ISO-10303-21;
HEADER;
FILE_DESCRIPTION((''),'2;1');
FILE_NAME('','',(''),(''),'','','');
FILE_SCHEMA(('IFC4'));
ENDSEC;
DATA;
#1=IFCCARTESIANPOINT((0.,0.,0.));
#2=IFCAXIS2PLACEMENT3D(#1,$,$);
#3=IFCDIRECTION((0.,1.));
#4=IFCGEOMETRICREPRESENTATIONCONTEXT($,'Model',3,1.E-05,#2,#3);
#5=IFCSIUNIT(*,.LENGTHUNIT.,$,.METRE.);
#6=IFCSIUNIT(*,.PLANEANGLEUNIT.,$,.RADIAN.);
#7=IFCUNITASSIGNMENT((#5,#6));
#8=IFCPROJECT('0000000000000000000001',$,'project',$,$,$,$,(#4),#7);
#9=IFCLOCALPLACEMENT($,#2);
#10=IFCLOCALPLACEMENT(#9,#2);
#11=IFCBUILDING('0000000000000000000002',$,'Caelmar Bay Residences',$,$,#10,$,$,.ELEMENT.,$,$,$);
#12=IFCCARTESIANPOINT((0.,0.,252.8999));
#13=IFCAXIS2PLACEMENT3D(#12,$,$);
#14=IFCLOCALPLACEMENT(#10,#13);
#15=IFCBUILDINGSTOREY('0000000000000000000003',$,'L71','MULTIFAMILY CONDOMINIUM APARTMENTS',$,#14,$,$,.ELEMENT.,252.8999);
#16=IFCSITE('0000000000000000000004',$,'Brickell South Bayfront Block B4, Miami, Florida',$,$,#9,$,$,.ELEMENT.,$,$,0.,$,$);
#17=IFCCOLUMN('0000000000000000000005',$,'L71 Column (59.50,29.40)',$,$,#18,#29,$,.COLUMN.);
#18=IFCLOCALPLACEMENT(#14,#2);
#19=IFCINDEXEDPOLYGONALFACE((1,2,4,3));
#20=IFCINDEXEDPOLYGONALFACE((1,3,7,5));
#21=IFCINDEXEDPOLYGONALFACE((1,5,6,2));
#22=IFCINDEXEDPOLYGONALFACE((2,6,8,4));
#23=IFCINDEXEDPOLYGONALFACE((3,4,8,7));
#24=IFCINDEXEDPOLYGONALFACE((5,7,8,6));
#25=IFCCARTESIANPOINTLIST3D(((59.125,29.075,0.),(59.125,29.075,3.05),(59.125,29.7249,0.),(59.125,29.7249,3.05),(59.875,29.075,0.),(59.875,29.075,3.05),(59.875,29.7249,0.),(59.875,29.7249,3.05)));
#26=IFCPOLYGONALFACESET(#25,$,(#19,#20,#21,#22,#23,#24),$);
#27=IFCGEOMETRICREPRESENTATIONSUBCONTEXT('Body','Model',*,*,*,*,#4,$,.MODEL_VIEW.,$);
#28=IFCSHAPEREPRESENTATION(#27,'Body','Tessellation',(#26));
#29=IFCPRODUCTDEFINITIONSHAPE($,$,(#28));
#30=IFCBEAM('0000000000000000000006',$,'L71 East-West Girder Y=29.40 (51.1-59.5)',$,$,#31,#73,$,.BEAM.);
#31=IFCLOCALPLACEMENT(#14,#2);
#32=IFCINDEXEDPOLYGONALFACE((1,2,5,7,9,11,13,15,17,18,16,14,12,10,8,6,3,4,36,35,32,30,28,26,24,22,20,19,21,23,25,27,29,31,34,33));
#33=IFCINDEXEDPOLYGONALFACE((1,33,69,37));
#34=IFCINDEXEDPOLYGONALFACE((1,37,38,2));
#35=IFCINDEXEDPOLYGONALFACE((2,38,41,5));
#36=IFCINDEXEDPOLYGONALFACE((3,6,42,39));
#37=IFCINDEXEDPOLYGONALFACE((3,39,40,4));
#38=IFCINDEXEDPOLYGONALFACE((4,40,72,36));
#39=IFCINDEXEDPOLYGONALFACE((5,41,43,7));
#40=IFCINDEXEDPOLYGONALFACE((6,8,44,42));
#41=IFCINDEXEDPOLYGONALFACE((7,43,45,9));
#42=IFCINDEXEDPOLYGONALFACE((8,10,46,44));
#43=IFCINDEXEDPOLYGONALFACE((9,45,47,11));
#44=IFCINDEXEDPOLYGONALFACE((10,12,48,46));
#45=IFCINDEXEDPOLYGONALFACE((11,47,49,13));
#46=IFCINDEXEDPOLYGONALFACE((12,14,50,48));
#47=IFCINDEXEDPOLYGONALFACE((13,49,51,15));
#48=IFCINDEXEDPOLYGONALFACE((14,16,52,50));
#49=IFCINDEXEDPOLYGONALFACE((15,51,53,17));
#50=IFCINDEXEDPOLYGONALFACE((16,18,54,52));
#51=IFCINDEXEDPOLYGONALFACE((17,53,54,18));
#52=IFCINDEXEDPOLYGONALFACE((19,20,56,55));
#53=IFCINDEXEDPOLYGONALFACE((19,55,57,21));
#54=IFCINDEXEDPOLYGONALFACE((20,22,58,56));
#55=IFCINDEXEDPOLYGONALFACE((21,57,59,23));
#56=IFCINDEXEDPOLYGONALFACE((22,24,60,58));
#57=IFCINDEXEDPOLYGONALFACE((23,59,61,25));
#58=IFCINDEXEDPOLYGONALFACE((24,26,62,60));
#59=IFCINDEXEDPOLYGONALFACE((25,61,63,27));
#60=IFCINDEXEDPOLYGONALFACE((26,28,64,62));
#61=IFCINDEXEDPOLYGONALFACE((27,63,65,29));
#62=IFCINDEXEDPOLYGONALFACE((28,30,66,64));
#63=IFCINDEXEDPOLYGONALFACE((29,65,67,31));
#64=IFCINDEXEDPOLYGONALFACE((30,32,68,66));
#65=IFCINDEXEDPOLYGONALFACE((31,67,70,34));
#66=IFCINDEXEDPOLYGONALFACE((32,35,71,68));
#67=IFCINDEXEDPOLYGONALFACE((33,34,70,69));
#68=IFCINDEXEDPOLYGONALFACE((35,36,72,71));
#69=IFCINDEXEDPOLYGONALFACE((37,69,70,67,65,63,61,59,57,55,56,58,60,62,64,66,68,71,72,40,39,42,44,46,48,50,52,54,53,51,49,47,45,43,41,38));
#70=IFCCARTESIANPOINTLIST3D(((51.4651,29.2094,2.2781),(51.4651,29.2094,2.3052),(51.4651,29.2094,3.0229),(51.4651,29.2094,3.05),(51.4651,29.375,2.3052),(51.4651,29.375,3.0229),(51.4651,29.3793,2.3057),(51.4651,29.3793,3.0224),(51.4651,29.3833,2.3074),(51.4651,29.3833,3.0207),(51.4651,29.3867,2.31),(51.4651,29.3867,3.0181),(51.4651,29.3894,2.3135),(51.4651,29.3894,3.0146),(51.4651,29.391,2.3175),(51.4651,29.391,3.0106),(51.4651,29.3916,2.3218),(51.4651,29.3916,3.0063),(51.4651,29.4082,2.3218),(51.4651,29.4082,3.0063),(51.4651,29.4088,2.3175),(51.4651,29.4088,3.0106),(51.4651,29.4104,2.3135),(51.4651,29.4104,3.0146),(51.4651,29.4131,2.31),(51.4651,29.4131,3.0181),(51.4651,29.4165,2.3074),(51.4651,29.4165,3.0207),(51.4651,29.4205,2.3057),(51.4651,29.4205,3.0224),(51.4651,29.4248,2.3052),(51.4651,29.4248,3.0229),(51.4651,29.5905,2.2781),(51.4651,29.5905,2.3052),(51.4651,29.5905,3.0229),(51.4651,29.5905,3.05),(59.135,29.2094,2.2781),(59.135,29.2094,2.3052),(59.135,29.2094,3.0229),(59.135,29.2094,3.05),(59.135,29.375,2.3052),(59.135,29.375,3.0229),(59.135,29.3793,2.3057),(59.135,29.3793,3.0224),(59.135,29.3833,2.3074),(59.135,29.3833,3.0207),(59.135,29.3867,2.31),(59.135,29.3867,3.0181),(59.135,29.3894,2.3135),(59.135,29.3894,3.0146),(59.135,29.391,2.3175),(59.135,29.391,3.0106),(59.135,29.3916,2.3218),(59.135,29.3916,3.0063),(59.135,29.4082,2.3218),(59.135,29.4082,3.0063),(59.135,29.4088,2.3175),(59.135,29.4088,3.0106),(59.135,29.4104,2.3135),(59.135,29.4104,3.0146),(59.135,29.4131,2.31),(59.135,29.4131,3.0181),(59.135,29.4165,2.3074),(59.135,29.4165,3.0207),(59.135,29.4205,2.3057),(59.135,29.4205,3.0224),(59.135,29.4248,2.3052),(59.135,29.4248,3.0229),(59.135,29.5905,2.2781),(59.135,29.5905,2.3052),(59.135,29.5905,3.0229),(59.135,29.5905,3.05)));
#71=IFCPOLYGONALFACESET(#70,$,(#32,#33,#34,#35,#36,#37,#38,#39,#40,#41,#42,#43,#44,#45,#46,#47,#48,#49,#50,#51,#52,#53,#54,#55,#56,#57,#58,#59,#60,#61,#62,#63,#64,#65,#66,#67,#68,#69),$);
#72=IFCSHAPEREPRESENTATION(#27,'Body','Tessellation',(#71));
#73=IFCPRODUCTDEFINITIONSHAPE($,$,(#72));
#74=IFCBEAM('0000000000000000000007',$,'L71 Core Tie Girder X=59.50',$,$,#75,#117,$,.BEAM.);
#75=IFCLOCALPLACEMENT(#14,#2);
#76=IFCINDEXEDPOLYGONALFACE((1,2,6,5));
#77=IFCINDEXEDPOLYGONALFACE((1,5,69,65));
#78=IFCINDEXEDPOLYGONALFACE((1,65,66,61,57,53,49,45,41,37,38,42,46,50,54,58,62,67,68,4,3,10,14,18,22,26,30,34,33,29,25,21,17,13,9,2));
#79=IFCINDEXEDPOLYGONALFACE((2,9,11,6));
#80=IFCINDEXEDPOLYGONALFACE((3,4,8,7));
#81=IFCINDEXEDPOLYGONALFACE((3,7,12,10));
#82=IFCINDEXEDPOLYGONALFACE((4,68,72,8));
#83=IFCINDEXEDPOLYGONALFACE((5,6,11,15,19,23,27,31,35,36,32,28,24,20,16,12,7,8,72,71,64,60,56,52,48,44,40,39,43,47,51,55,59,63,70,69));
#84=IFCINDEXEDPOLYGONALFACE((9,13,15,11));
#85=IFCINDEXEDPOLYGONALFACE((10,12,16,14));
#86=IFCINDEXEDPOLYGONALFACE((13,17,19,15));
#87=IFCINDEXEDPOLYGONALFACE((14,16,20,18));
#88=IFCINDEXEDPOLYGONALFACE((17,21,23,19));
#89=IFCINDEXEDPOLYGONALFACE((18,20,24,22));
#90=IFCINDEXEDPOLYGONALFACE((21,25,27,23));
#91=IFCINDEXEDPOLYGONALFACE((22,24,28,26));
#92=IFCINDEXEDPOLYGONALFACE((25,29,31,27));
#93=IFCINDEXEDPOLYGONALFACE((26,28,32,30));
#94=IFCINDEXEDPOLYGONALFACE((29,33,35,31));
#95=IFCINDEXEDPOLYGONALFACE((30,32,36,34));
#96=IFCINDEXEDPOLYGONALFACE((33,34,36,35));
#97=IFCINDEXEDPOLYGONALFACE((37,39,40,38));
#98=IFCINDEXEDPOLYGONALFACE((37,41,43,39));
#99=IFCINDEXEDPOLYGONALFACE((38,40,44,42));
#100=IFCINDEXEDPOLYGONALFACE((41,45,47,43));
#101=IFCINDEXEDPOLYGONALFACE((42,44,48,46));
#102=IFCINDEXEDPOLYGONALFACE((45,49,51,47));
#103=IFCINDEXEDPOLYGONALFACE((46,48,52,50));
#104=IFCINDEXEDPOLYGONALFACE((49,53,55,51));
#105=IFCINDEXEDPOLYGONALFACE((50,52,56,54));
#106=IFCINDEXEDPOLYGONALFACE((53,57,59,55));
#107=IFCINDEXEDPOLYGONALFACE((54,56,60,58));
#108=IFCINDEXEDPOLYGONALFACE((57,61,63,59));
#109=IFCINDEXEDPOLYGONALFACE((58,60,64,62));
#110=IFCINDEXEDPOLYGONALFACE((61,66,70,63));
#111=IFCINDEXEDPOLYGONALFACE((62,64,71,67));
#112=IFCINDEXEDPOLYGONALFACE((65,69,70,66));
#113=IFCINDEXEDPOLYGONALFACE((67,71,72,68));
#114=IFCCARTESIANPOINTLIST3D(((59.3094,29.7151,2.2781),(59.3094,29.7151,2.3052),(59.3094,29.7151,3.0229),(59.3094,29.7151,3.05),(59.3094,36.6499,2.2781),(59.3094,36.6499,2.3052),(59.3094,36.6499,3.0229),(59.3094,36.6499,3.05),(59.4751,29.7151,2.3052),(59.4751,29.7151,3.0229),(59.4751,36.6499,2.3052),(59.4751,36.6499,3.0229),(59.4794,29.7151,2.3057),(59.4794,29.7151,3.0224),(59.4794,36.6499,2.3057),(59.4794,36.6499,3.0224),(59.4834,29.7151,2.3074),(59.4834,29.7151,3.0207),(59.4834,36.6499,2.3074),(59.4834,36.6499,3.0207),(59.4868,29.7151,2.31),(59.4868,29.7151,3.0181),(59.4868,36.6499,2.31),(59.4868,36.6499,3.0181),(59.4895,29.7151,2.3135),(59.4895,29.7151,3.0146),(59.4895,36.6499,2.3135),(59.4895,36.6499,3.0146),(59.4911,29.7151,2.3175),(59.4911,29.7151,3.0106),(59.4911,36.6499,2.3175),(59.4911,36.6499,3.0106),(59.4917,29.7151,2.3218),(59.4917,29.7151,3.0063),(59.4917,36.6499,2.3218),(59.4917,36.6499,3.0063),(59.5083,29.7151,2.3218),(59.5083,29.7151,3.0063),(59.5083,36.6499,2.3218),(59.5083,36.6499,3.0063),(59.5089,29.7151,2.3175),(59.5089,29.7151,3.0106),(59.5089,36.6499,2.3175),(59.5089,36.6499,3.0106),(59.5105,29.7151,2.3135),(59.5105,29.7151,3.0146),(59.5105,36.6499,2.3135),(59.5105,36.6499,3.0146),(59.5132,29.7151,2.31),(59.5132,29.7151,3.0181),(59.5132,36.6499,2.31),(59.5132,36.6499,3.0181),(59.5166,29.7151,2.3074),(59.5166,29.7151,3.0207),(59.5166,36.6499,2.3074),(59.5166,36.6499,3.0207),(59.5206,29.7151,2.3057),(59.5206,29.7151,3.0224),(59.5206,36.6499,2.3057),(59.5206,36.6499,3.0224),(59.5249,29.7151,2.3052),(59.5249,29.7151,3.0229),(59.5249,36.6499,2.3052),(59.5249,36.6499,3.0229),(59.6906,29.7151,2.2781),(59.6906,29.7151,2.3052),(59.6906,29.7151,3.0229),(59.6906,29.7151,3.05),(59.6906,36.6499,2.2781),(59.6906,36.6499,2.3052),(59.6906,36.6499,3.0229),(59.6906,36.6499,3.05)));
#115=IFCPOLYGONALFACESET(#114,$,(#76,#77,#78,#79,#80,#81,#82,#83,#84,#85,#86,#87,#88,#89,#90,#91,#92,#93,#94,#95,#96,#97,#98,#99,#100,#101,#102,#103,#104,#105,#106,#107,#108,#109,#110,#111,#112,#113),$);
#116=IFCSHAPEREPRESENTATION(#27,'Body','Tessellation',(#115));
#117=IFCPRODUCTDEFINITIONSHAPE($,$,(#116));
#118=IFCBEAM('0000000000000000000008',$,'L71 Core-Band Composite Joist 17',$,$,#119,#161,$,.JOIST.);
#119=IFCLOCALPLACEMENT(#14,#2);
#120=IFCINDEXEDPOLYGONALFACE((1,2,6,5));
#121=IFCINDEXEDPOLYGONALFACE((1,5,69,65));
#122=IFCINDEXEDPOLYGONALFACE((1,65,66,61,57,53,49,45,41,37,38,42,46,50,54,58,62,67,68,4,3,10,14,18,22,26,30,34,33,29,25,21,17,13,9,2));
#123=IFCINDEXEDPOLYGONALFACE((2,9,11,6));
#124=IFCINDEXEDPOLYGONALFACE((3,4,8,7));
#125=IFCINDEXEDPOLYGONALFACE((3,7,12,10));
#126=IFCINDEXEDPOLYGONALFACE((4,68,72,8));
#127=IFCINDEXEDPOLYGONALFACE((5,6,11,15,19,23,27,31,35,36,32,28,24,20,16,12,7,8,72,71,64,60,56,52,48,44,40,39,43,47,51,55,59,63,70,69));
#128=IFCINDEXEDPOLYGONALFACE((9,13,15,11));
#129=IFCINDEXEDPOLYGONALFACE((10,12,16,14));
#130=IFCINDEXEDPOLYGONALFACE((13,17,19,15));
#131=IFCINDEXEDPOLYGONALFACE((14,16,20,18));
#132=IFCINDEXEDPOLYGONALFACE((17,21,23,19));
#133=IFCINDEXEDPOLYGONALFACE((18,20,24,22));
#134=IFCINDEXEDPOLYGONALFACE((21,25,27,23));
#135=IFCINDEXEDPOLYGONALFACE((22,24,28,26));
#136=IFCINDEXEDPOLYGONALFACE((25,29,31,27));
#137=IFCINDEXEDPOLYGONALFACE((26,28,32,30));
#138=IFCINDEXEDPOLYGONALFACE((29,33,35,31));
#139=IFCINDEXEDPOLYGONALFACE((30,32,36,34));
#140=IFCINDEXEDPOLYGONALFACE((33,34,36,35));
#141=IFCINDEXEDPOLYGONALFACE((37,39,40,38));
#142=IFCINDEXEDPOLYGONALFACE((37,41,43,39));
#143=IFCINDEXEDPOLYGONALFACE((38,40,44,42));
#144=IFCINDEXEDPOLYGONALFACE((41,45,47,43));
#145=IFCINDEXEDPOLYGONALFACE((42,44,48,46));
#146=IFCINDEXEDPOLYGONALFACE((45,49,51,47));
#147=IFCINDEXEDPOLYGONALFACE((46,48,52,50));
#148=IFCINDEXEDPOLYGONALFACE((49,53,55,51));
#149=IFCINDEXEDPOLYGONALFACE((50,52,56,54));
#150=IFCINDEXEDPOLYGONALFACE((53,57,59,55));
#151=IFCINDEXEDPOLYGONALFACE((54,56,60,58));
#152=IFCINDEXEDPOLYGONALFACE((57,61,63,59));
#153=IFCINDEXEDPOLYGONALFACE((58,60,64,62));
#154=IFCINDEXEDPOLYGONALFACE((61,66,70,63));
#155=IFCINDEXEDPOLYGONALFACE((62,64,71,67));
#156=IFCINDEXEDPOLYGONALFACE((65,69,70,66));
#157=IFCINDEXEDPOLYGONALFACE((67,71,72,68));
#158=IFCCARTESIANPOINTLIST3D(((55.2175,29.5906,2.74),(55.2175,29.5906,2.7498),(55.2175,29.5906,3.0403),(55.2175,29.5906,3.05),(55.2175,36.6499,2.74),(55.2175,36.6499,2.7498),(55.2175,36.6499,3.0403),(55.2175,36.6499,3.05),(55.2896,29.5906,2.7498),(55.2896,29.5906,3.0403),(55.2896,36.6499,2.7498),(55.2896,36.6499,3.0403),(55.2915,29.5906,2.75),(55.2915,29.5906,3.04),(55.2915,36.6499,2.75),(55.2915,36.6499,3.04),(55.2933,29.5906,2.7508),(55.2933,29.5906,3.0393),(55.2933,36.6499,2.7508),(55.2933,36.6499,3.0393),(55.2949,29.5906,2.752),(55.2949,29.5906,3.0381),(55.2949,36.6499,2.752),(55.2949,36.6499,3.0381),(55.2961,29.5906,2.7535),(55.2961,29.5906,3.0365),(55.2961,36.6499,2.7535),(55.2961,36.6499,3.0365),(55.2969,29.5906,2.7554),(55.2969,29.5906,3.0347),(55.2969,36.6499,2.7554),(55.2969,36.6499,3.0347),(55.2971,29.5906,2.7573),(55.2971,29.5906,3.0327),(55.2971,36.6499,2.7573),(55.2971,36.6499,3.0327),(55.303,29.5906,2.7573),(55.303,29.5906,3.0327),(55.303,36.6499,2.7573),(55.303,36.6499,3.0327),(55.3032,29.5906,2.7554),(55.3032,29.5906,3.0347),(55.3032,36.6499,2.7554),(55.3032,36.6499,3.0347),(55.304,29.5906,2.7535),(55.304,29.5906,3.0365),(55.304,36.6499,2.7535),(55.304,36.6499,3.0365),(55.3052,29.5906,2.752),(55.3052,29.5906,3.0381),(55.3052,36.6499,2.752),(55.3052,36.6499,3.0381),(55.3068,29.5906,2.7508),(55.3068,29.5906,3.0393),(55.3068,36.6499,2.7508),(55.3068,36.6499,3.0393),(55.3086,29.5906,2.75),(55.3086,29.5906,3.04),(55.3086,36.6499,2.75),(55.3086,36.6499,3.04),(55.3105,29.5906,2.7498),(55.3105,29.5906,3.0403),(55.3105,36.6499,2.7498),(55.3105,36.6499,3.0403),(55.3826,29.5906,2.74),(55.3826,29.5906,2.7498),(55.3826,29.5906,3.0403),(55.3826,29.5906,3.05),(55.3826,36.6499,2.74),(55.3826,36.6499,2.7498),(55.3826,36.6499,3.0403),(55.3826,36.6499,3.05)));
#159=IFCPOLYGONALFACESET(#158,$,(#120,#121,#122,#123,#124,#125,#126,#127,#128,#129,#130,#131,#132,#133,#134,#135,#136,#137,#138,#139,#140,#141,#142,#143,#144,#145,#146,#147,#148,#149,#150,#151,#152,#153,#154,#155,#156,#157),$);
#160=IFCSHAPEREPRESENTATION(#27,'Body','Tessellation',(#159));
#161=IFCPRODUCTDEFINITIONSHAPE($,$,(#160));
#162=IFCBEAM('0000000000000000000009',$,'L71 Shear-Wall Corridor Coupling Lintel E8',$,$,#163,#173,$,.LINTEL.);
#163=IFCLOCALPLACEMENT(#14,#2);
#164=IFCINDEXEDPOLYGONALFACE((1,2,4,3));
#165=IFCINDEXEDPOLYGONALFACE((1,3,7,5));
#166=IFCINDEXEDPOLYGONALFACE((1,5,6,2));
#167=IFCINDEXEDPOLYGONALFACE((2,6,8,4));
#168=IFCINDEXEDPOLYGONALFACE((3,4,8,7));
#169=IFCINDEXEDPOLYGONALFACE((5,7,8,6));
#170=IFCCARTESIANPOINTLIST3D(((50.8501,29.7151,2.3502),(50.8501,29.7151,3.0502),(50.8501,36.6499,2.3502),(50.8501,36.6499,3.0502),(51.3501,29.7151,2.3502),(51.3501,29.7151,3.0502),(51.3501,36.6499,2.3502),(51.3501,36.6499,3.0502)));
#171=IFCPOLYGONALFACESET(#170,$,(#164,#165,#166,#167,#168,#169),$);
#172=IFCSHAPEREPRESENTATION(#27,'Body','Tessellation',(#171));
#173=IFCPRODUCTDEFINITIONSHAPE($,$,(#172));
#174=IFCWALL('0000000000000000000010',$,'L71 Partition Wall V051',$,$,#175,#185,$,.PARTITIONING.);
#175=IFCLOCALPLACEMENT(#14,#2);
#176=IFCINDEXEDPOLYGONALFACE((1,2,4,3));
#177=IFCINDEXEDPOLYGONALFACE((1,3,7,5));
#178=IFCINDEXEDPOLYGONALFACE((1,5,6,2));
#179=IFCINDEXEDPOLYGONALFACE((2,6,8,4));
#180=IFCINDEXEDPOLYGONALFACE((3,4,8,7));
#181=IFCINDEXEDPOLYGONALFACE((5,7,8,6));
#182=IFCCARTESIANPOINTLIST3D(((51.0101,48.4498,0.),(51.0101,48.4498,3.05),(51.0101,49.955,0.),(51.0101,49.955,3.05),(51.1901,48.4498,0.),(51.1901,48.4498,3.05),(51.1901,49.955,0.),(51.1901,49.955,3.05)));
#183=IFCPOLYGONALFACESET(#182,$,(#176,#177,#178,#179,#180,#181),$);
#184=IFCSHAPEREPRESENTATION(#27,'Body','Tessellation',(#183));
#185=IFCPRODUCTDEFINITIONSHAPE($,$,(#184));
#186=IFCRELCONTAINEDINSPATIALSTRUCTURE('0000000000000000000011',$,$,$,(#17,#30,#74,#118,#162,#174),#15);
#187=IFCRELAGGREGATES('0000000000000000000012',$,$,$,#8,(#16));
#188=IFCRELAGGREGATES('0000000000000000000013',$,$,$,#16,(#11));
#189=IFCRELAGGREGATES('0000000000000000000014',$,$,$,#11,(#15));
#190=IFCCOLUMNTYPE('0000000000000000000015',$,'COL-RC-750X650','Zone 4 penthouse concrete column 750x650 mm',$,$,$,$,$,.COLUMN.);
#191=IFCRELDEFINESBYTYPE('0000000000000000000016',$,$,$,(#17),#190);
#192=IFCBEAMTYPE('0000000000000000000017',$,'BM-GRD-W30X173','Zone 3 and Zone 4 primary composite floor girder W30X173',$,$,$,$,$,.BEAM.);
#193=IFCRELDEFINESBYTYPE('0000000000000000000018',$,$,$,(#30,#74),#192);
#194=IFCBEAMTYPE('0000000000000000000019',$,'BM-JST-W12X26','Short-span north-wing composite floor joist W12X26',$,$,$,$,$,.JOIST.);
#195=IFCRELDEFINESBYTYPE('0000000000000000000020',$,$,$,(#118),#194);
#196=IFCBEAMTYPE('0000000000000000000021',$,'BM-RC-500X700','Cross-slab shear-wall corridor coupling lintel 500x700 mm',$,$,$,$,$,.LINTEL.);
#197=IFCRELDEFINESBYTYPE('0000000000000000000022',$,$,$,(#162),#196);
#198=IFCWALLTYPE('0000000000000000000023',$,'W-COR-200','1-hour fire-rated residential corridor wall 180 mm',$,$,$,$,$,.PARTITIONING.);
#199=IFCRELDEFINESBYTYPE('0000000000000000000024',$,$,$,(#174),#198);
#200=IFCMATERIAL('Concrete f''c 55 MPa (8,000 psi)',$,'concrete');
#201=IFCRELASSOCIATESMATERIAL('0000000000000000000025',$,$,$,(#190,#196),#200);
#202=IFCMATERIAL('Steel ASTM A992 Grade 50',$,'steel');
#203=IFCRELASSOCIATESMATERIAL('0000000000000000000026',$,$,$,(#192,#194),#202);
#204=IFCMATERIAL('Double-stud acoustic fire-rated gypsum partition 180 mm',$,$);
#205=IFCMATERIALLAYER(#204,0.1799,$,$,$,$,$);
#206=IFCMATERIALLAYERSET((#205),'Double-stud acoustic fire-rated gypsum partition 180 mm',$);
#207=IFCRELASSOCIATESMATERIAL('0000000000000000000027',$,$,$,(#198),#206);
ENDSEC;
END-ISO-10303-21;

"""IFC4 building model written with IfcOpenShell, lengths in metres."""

from ifc_helpers import new_model, si_unit, direction, frame, frame_2d, origin, origin_2d, place, context, subcontext, project, spatial, rectangle, i_section, extrude, material, layer, layer_set, material_profile, profile_set, type_object, element, save


model = new_model("IFC4")

# Units and contexts
model_context = context("Model", 3, precision=1e-05, world=origin(), true_north=direction((0.0, 1.0)))
body_context = subcontext(model_context, "Body", "Model", "MODEL_VIEW")
ifc_project = project(units=[si_unit("LENGTHUNIT", "METRE"), si_unit("PLANEANGLEUNIT", "RADIAN")], contexts=[model_context])

# Site, building, storey
site_placement = place(None, origin())
site = spatial("IfcSite", under=ifc_project, at=site_placement, Name="Brickell South Bayfront Block B4, Miami, Florida", CompositionType="ELEMENT", RefElevation=0.0)
building_placement = place(site_placement, origin())
building = spatial("IfcBuilding", under=site, at=building_placement, Name="Caelmar Bay Residences", CompositionType="ELEMENT")
storey_placement = place(building_placement, frame((0.0, 0.0, 252.8999)))
storey = spatial("IfcBuildingStorey", under=building, at=storey_placement, Name="L71", Description="MULTIFAMILY CONDOMINIUM APARTMENTS", CompositionType="ELEMENT", Elevation=252.8999)

# Column
ifc_material_1 = material(Name="Concrete f'c 55 MPa (8,000 psi)", Category="concrete")
ifc_material_profile_1 = material_profile(ifc_material_1, rectangle(XDim=0.75, YDim=0.6499, at=origin_2d()), Name="RC-COL-750X650")
ifc_profile_set_1 = profile_set([ifc_material_profile_1], Name="Concrete f'c 55 MPa (8,000 psi)")
column_type = type_object("IfcColumnType", Name="COL-RC-750X650", Description="Zone 4 penthouse concrete column 750x650 mm", PredefinedType="COLUMN", material=ifc_profile_set_1)
column_placement = place(storey_placement, frame((59.5, 29.3999, 0.0), z_axis=(0.0, 0.0, 1.0), x_axis=(1.0, 0.0, 0.0)))
element("IfcColumn", 1, at=column_placement, inside=storey, type_object=column_type, Name="L71 Column (59.50,29.40)", PredefinedType="COLUMN", context=body_context, shape_type="SweptSolid", body=[
    extrude(rectangle(XDim=0.75, YDim=0.6499, at=origin_2d()), origin(), (0.0, 0.0, 1.0), 3.05),
])

# Beams
ifc_material_2 = material(Name="Steel ASTM A992 Grade 50", Category="steel")
ifc_material_profile_2 = material_profile(ifc_material_2, i_section(OverallWidth=0.3811, OverallDepth=0.772, WebThickness=0.0166, FlangeThickness=0.0271, FilletRadius=0.0166, at=origin_2d()), Name="W30X173")
ifc_profile_set_2 = profile_set([ifc_material_profile_2], Name="Steel ASTM A992 Grade 50")
beam_type_1 = type_object("IfcBeamType", Name="BM-GRD-W30X173", Description="Zone 3 and Zone 4 primary composite floor girder W30X173", PredefinedType="BEAM", material=ifc_profile_set_2)
beam_1_placement = place(storey_placement, frame((51.4651, 29.3999, 2.6641), z_axis=(1.0, 0.0, 0.0), x_axis=(0.0, 1.0, 0.0)))
element("IfcBeam", 2, at=beam_1_placement, inside=storey, type_object=beam_type_1, Name="L71 East-West Girder Y=29.40 (51.1-59.5)", PredefinedType="BEAM", context=body_context, shape_type="SweptSolid", body=[
    extrude(i_section(OverallWidth=0.3811, OverallDepth=0.772, WebThickness=0.0166, FlangeThickness=0.0271, FilletRadius=0.0166, at=origin_2d()), origin(), (0.0, 0.0, 1.0), 7.6699),
])
beam_2_placement = place(storey_placement, frame((59.5, 29.7151, 2.6641), z_axis=(0.0, 1.0, 0.0), x_axis=(-1.0, 0.0, 0.0)))
element("IfcBeam", 3, at=beam_2_placement, inside=storey, type_object=beam_type_1, Name="L71 Core Tie Girder X=59.50", PredefinedType="BEAM", context=body_context, shape_type="SweptSolid", body=[
    extrude(i_section(OverallWidth=0.3811, OverallDepth=0.772, WebThickness=0.0166, FlangeThickness=0.0271, FilletRadius=0.0166, at=origin_2d()), origin(), (0.0, 0.0, 1.0), 6.9348),
])
ifc_material_profile_3 = material_profile(ifc_material_2, i_section(OverallWidth=0.165, OverallDepth=0.3101, WebThickness=0.0059, FlangeThickness=0.0098, FilletRadius=0.0076, at=origin_2d()), Name="W12X26")
ifc_profile_set_3 = profile_set([ifc_material_profile_3], Name="Steel ASTM A992 Grade 50")
beam_type_2 = type_object("IfcBeamType", Name="BM-JST-W12X26", Description="Short-span north-wing composite floor joist W12X26", PredefinedType="JOIST", material=ifc_profile_set_3)
beam_3_placement = place(storey_placement, frame((55.3, 29.5906, 2.895), z_axis=(0.0, 1.0, 0.0), x_axis=(-1.0, 0.0, 0.0)))
element("IfcBeam", 4, at=beam_3_placement, inside=storey, type_object=beam_type_2, Name="L71 Core-Band Composite Joist 17", PredefinedType="JOIST", context=body_context, shape_type="SweptSolid", body=[
    extrude(i_section(OverallWidth=0.165, OverallDepth=0.3101, WebThickness=0.0059, FlangeThickness=0.0098, FilletRadius=0.0076, at=origin_2d()), origin(), (0.0, 0.0, 1.0), 7.0593),
])
ifc_material_profile_4 = material_profile(ifc_material_1, rectangle(XDim=0.5, YDim=0.7, at=origin_2d()), Name="RC-BM-500X700")
ifc_profile_set_4 = profile_set([ifc_material_profile_4], Name="Concrete f'c 55 MPa (8,000 psi)")
beam_type_3 = type_object("IfcBeamType", Name="BM-RC-500X700", Description="Cross-slab shear-wall corridor coupling lintel 500x700 mm", PredefinedType="LINTEL", material=ifc_profile_set_4)
beam_4_placement = place(storey_placement, frame((51.1001, 29.7151, 2.7002), z_axis=(0.0, 1.0, 0.0), x_axis=(-1.0, 0.0, 0.0)))
element("IfcBeam", 5, at=beam_4_placement, inside=storey, type_object=beam_type_3, Name="L71 Shear-Wall Corridor Coupling Lintel E8", PredefinedType="LINTEL", context=body_context, shape_type="SweptSolid", body=[
    extrude(rectangle(XDim=0.5, YDim=0.7, at=origin_2d()), origin(), (0.0, 0.0, 1.0), 6.9348),
])

# Wall
ifc_material_3 = material(Name="Double-stud acoustic fire-rated gypsum partition 180 mm")
ifc_layer_1 = layer(ifc_material_3, 0.1799)
ifc_layer_set_1 = layer_set([ifc_layer_1], Name="Double-stud acoustic fire-rated gypsum partition 180 mm")
wall_type_1 = type_object("IfcWallType", Name="W-COR-200", Description="1-hour fire-rated residential corridor wall 180 mm", PredefinedType="PARTITIONING", material=ifc_layer_set_1)
wall_1_placement = place(storey_placement, frame((51.1001, 48.45, 0.0), z_axis=(0.0, 0.0, 1.0), x_axis=(0.0, 1.0, 0.0)))
element("IfcWall", 6, at=wall_1_placement, inside=storey, type_object=wall_type_1, Name="L71 Partition Wall V051", PredefinedType="PARTITIONING", context=body_context, shape_type="SweptSolid", body=[
    extrude(rectangle(XDim=1.5051, YDim=0.1799, at=frame_2d((0.7524, 0.0))), origin(), (0.0, 0.0, 1.0), 3.05),
])

save(model, "model.ifc")
